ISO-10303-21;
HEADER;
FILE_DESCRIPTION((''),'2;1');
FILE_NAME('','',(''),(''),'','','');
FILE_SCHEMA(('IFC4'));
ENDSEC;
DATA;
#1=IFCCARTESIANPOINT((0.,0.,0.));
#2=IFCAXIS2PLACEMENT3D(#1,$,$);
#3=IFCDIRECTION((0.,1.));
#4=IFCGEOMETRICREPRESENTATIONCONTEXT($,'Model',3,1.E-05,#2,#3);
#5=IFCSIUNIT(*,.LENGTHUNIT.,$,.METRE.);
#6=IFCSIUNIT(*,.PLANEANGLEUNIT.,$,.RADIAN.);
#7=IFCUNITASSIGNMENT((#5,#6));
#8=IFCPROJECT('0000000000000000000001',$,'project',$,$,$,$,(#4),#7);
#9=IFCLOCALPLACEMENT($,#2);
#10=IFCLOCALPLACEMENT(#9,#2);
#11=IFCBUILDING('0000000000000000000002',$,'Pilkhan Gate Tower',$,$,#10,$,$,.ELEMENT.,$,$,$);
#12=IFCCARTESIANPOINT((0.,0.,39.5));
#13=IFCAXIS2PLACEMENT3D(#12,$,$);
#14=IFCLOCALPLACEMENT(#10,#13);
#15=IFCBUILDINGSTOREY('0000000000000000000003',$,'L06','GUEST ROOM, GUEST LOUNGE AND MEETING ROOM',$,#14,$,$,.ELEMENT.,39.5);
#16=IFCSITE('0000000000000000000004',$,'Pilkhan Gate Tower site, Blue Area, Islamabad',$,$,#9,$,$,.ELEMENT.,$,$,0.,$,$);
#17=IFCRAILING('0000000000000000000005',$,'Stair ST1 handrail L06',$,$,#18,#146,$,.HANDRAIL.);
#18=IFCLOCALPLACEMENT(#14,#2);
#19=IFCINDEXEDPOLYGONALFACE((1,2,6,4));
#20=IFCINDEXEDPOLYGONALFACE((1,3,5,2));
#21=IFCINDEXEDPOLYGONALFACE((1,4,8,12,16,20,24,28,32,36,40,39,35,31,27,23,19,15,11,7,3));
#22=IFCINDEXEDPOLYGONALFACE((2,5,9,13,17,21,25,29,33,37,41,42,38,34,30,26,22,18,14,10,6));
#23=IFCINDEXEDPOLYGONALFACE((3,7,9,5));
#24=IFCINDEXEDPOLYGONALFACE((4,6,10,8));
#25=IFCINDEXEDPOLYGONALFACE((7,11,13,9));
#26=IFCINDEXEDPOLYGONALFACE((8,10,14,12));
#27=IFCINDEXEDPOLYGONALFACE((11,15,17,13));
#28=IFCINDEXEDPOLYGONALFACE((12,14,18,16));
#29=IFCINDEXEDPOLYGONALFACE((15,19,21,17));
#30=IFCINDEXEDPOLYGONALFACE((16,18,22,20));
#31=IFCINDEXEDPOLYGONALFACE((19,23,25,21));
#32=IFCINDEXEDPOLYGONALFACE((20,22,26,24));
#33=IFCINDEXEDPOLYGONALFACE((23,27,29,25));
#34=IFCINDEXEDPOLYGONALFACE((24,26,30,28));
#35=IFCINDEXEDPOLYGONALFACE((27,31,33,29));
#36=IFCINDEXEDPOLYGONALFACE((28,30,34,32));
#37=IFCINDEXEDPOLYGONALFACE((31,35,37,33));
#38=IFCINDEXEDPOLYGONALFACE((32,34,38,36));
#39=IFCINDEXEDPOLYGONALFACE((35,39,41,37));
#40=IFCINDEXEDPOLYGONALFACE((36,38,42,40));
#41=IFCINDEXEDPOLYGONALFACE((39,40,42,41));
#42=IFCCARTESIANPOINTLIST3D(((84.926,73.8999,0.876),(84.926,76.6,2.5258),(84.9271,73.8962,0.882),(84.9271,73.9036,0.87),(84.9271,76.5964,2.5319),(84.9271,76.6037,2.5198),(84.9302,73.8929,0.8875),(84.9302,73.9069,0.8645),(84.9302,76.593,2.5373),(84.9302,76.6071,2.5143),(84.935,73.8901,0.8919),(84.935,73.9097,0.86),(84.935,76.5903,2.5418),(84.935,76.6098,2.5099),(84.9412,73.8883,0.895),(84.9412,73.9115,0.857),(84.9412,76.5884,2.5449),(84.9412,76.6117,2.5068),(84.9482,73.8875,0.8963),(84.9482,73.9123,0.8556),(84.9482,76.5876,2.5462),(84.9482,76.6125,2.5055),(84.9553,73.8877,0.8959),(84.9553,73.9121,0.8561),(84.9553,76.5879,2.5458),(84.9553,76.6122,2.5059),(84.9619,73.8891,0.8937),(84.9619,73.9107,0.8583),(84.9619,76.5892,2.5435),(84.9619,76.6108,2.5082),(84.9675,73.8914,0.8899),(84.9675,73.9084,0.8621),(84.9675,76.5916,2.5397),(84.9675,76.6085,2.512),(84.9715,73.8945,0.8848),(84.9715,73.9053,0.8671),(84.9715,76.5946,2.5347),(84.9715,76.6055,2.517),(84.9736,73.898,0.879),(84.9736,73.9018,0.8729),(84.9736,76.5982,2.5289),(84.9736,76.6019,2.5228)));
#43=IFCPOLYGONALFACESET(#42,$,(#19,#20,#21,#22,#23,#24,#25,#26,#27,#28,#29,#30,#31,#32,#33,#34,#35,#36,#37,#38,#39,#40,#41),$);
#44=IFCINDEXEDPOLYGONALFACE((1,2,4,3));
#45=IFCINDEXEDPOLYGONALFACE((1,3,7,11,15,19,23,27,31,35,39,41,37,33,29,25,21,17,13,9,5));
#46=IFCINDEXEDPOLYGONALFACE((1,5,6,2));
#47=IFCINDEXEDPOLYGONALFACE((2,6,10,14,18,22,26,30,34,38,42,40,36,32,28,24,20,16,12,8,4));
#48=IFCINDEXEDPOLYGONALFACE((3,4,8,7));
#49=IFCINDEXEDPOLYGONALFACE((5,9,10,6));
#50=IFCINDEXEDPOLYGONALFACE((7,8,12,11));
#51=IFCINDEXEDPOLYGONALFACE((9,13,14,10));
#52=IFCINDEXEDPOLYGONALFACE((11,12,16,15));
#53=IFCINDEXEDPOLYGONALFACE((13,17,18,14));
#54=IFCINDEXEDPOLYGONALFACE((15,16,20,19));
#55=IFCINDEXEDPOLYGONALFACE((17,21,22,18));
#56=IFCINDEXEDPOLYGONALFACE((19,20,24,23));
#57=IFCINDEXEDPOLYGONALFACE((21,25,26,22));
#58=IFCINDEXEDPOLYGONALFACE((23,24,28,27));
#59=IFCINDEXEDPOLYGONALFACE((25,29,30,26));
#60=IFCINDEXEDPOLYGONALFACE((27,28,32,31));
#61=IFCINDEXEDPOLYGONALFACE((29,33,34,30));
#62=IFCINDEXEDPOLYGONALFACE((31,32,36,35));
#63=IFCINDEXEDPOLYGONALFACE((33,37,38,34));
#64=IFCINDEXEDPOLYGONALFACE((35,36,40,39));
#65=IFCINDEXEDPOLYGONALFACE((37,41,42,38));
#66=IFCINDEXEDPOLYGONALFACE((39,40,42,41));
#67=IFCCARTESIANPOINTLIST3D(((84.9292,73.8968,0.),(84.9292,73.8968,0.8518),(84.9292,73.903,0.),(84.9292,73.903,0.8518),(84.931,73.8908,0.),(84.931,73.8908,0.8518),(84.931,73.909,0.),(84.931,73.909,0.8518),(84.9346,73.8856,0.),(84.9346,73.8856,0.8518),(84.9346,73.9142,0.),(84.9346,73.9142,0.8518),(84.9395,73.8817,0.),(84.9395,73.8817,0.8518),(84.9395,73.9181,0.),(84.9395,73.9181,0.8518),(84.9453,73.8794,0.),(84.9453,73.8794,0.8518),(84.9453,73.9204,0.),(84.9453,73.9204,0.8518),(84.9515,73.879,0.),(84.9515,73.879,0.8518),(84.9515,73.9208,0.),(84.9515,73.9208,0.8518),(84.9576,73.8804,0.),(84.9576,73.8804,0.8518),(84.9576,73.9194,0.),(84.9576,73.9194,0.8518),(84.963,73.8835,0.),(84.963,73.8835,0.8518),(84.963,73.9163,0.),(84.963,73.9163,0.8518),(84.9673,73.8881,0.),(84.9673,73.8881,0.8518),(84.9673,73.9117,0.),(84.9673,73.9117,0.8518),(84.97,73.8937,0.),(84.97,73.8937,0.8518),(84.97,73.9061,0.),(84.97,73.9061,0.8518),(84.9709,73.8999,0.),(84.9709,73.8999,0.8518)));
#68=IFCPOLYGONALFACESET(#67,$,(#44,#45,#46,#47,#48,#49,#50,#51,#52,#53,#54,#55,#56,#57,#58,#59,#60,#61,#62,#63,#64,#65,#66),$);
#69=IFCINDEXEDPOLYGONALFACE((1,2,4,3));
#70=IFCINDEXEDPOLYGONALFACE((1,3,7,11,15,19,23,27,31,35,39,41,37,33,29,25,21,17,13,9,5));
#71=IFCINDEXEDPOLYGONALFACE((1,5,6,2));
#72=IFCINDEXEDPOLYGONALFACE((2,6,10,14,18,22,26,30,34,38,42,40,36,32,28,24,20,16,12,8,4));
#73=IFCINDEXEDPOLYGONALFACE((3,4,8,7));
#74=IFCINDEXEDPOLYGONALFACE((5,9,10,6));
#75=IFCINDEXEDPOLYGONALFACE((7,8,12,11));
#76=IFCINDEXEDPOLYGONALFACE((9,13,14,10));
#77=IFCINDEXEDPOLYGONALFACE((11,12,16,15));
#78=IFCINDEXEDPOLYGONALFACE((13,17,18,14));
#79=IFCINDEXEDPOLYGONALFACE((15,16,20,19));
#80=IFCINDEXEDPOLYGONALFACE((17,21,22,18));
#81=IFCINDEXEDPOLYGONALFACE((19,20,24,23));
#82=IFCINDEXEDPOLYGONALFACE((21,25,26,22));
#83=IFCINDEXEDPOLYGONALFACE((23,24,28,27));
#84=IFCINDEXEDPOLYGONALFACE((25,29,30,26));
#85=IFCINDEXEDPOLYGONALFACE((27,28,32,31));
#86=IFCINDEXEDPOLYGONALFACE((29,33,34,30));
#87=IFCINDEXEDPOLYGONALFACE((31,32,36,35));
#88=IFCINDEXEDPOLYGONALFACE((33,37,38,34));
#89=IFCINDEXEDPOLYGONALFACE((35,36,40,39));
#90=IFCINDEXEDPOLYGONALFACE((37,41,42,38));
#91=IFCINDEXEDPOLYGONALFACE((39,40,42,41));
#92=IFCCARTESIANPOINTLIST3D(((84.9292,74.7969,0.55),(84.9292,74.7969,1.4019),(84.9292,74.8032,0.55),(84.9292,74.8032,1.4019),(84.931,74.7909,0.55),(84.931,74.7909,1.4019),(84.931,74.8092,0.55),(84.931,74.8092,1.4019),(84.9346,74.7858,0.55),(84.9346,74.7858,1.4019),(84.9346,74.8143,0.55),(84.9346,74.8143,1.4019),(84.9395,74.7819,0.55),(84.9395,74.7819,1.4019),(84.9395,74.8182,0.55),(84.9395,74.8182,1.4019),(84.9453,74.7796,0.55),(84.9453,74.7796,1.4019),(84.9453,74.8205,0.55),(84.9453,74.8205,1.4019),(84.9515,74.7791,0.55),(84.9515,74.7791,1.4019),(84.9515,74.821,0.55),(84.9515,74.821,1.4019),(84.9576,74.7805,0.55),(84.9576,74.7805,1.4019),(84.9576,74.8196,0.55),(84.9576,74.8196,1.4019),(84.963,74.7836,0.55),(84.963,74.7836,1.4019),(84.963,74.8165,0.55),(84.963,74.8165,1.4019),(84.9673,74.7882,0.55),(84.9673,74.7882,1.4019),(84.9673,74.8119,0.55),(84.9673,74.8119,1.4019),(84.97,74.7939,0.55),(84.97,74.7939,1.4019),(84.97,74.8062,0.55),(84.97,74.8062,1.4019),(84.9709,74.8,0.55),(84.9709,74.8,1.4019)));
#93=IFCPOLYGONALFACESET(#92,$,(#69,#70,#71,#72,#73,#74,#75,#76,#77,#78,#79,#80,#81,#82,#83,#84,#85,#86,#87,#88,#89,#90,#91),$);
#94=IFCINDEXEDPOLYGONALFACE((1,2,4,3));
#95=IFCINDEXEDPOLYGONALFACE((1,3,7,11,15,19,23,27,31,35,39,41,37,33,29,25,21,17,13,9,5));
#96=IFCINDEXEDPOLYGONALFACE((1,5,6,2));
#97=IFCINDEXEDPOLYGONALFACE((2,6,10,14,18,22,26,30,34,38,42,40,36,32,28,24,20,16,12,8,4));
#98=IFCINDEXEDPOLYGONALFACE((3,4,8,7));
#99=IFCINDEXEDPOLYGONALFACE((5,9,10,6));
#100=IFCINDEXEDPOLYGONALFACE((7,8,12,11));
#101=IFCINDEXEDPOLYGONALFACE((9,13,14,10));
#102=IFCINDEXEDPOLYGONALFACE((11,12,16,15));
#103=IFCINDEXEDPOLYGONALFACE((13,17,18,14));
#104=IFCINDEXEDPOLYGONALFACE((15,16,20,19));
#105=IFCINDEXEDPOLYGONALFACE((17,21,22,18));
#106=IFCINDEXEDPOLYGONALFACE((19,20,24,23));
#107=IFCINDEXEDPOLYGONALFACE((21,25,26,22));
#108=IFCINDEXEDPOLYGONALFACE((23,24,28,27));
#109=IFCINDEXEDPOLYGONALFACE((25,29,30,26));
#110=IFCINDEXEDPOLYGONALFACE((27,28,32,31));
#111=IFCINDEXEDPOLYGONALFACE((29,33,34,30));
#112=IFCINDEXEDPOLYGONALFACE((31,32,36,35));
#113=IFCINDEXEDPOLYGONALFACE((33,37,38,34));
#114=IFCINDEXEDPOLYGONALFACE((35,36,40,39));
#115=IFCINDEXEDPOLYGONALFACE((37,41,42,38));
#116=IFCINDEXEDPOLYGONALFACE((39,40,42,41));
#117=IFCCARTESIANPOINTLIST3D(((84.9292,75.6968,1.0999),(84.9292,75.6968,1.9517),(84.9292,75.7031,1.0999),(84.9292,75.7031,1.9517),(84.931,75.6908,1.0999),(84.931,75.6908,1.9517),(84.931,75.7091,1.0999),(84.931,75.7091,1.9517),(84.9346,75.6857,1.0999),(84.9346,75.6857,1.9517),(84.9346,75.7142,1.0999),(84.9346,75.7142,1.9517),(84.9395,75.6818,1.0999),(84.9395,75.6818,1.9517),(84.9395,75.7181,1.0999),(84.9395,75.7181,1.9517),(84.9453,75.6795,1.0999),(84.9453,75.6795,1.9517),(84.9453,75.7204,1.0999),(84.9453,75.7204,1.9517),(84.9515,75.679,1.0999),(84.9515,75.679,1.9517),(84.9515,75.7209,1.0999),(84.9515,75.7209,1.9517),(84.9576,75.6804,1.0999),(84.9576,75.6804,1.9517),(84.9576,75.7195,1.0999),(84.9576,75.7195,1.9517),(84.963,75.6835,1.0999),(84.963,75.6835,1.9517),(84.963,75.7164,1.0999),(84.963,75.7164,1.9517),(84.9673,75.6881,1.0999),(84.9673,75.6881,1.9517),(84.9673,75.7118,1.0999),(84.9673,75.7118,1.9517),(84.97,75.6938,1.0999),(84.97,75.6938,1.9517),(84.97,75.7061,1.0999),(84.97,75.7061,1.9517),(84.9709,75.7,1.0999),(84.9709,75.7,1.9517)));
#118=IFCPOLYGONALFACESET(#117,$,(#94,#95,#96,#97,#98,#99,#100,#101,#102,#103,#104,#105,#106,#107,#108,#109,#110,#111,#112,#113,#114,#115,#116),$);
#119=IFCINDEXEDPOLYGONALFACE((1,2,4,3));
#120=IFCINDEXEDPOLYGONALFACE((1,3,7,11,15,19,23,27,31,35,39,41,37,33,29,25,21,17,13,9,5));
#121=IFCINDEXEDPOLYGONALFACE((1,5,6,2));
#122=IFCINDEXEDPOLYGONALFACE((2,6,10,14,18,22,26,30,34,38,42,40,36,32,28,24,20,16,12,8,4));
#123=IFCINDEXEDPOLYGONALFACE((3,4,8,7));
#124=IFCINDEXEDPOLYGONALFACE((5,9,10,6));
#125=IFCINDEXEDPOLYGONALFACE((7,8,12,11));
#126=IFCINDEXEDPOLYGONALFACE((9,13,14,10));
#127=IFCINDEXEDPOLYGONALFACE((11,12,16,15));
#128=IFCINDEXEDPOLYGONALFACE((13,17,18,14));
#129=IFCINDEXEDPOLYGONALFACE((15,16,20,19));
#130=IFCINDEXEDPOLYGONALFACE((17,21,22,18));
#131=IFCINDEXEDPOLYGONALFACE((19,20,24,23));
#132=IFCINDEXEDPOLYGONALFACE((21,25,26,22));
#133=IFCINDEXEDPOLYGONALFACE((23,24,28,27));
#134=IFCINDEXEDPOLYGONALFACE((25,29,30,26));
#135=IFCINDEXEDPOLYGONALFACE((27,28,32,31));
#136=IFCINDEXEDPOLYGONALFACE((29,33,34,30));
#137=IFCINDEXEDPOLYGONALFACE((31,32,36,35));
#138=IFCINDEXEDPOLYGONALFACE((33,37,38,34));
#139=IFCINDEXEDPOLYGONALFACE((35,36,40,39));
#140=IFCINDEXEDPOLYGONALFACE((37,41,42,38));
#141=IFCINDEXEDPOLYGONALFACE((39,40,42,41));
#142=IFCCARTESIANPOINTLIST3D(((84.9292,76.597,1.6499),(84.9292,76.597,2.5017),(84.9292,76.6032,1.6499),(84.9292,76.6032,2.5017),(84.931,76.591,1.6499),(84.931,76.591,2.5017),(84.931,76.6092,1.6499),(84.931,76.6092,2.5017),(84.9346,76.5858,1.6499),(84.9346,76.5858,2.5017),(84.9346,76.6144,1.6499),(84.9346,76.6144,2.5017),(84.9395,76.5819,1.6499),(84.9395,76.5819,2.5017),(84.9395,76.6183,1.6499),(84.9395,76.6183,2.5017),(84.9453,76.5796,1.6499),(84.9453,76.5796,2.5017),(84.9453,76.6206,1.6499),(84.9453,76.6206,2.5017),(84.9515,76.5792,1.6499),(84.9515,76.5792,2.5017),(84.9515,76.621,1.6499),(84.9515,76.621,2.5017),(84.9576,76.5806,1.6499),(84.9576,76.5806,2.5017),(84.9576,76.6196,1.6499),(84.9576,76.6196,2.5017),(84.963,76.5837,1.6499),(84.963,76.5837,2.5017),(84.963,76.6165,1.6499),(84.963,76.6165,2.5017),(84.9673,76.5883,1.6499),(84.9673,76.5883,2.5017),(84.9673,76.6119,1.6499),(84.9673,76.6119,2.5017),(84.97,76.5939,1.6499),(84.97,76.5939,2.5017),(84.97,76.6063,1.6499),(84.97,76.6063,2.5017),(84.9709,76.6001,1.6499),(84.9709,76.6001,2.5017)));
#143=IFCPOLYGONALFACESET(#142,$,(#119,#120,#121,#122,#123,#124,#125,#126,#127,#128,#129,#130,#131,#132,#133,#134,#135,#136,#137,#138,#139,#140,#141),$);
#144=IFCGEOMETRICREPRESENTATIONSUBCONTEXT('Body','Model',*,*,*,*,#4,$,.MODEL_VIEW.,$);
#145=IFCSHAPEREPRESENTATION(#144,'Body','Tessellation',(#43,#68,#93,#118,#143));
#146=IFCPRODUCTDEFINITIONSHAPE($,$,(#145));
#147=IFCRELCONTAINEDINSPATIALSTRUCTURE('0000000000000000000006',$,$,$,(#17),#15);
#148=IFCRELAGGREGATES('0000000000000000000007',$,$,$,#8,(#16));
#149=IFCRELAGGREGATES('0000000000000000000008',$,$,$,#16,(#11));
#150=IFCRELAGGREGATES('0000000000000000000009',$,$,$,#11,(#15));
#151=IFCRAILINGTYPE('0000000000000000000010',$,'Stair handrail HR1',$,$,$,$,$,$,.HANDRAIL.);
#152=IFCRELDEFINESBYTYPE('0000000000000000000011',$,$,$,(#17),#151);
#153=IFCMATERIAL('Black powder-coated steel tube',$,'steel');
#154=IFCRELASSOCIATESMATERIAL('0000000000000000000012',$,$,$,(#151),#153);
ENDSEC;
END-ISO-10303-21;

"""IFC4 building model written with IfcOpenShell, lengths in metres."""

from ifc_helpers import new_model, si_unit, direction, frame, origin, origin_2d, place, context, subcontext, project, spatial, circle, extrude, material, type_object, element, save


model = new_model("IFC4")

# Units and contexts
model_context = context("Model", 3, precision=1e-05, world=origin(), true_north=direction((0.0, 1.0)))
body_context = subcontext(model_context, "Body", "Model", "MODEL_VIEW")
ifc_project = project(units=[si_unit("LENGTHUNIT", "METRE"), si_unit("PLANEANGLEUNIT", "RADIAN")], contexts=[model_context])

# Site, building, storey
site_placement = place(None, origin())
site = spatial("IfcSite", under=ifc_project, at=site_placement, Name="Pilkhan Gate Tower site, Blue Area, Islamabad", CompositionType="ELEMENT", RefElevation=0.0)
building_placement = place(site_placement, origin())
building = spatial("IfcBuilding", under=site, at=building_placement, Name="Pilkhan Gate Tower", CompositionType="ELEMENT")
storey_placement = place(building_placement, frame((0.0, 0.0, 39.5)))
storey = spatial("IfcBuildingStorey", under=building, at=storey_placement, Name="L06", Description="GUEST ROOM, GUEST LOUNGE AND MEETING ROOM", CompositionType="ELEMENT", Elevation=39.5)

# Railing
ifc_material_1 = material(Name="Black powder-coated steel tube", Category="steel")
railing_type_1 = type_object("IfcRailingType", Name="Stair handrail HR1", PredefinedType="HANDRAIL", material=ifc_material_1)
railing_1_placement = place(storey_placement, frame((84.95, 73.8999, 0.0)))
element("IfcRailing", 1, at=railing_1_placement, inside=storey, type_object=railing_type_1, Name="Stair ST1 handrail L06", PredefinedType="HANDRAIL", context=body_context, shape_type="SweptSolid", body=[
    extrude(circle(Radius=0.0239, at=origin_2d()), frame((0.0, 0.0, 0.876), z_axis=(0.0, 0.853312, 0.5214), x_axis=(-1.0, 0.0, 0.0)), (0.0, 0.0, 1.0), 3.1643),
    extrude(circle(Radius=0.021, at=origin_2d()), origin(), (0.0, 0.0, 1.0), 0.8518),
    extrude(circle(Radius=0.021, at=origin_2d()), frame((0.0, 0.9001, 0.55)), (0.0, 0.0, 1.0), 0.8518),
    extrude(circle(Radius=0.021, at=origin_2d()), frame((0.0, 1.8, 1.0999)), (0.0, 0.0, 1.0), 0.8518),
    extrude(circle(Radius=0.021, at=origin_2d()), frame((0.0, 2.7002, 1.6499)), (0.0, 0.0, 1.0), 0.8518),
])

save(model, "model.ifc")
